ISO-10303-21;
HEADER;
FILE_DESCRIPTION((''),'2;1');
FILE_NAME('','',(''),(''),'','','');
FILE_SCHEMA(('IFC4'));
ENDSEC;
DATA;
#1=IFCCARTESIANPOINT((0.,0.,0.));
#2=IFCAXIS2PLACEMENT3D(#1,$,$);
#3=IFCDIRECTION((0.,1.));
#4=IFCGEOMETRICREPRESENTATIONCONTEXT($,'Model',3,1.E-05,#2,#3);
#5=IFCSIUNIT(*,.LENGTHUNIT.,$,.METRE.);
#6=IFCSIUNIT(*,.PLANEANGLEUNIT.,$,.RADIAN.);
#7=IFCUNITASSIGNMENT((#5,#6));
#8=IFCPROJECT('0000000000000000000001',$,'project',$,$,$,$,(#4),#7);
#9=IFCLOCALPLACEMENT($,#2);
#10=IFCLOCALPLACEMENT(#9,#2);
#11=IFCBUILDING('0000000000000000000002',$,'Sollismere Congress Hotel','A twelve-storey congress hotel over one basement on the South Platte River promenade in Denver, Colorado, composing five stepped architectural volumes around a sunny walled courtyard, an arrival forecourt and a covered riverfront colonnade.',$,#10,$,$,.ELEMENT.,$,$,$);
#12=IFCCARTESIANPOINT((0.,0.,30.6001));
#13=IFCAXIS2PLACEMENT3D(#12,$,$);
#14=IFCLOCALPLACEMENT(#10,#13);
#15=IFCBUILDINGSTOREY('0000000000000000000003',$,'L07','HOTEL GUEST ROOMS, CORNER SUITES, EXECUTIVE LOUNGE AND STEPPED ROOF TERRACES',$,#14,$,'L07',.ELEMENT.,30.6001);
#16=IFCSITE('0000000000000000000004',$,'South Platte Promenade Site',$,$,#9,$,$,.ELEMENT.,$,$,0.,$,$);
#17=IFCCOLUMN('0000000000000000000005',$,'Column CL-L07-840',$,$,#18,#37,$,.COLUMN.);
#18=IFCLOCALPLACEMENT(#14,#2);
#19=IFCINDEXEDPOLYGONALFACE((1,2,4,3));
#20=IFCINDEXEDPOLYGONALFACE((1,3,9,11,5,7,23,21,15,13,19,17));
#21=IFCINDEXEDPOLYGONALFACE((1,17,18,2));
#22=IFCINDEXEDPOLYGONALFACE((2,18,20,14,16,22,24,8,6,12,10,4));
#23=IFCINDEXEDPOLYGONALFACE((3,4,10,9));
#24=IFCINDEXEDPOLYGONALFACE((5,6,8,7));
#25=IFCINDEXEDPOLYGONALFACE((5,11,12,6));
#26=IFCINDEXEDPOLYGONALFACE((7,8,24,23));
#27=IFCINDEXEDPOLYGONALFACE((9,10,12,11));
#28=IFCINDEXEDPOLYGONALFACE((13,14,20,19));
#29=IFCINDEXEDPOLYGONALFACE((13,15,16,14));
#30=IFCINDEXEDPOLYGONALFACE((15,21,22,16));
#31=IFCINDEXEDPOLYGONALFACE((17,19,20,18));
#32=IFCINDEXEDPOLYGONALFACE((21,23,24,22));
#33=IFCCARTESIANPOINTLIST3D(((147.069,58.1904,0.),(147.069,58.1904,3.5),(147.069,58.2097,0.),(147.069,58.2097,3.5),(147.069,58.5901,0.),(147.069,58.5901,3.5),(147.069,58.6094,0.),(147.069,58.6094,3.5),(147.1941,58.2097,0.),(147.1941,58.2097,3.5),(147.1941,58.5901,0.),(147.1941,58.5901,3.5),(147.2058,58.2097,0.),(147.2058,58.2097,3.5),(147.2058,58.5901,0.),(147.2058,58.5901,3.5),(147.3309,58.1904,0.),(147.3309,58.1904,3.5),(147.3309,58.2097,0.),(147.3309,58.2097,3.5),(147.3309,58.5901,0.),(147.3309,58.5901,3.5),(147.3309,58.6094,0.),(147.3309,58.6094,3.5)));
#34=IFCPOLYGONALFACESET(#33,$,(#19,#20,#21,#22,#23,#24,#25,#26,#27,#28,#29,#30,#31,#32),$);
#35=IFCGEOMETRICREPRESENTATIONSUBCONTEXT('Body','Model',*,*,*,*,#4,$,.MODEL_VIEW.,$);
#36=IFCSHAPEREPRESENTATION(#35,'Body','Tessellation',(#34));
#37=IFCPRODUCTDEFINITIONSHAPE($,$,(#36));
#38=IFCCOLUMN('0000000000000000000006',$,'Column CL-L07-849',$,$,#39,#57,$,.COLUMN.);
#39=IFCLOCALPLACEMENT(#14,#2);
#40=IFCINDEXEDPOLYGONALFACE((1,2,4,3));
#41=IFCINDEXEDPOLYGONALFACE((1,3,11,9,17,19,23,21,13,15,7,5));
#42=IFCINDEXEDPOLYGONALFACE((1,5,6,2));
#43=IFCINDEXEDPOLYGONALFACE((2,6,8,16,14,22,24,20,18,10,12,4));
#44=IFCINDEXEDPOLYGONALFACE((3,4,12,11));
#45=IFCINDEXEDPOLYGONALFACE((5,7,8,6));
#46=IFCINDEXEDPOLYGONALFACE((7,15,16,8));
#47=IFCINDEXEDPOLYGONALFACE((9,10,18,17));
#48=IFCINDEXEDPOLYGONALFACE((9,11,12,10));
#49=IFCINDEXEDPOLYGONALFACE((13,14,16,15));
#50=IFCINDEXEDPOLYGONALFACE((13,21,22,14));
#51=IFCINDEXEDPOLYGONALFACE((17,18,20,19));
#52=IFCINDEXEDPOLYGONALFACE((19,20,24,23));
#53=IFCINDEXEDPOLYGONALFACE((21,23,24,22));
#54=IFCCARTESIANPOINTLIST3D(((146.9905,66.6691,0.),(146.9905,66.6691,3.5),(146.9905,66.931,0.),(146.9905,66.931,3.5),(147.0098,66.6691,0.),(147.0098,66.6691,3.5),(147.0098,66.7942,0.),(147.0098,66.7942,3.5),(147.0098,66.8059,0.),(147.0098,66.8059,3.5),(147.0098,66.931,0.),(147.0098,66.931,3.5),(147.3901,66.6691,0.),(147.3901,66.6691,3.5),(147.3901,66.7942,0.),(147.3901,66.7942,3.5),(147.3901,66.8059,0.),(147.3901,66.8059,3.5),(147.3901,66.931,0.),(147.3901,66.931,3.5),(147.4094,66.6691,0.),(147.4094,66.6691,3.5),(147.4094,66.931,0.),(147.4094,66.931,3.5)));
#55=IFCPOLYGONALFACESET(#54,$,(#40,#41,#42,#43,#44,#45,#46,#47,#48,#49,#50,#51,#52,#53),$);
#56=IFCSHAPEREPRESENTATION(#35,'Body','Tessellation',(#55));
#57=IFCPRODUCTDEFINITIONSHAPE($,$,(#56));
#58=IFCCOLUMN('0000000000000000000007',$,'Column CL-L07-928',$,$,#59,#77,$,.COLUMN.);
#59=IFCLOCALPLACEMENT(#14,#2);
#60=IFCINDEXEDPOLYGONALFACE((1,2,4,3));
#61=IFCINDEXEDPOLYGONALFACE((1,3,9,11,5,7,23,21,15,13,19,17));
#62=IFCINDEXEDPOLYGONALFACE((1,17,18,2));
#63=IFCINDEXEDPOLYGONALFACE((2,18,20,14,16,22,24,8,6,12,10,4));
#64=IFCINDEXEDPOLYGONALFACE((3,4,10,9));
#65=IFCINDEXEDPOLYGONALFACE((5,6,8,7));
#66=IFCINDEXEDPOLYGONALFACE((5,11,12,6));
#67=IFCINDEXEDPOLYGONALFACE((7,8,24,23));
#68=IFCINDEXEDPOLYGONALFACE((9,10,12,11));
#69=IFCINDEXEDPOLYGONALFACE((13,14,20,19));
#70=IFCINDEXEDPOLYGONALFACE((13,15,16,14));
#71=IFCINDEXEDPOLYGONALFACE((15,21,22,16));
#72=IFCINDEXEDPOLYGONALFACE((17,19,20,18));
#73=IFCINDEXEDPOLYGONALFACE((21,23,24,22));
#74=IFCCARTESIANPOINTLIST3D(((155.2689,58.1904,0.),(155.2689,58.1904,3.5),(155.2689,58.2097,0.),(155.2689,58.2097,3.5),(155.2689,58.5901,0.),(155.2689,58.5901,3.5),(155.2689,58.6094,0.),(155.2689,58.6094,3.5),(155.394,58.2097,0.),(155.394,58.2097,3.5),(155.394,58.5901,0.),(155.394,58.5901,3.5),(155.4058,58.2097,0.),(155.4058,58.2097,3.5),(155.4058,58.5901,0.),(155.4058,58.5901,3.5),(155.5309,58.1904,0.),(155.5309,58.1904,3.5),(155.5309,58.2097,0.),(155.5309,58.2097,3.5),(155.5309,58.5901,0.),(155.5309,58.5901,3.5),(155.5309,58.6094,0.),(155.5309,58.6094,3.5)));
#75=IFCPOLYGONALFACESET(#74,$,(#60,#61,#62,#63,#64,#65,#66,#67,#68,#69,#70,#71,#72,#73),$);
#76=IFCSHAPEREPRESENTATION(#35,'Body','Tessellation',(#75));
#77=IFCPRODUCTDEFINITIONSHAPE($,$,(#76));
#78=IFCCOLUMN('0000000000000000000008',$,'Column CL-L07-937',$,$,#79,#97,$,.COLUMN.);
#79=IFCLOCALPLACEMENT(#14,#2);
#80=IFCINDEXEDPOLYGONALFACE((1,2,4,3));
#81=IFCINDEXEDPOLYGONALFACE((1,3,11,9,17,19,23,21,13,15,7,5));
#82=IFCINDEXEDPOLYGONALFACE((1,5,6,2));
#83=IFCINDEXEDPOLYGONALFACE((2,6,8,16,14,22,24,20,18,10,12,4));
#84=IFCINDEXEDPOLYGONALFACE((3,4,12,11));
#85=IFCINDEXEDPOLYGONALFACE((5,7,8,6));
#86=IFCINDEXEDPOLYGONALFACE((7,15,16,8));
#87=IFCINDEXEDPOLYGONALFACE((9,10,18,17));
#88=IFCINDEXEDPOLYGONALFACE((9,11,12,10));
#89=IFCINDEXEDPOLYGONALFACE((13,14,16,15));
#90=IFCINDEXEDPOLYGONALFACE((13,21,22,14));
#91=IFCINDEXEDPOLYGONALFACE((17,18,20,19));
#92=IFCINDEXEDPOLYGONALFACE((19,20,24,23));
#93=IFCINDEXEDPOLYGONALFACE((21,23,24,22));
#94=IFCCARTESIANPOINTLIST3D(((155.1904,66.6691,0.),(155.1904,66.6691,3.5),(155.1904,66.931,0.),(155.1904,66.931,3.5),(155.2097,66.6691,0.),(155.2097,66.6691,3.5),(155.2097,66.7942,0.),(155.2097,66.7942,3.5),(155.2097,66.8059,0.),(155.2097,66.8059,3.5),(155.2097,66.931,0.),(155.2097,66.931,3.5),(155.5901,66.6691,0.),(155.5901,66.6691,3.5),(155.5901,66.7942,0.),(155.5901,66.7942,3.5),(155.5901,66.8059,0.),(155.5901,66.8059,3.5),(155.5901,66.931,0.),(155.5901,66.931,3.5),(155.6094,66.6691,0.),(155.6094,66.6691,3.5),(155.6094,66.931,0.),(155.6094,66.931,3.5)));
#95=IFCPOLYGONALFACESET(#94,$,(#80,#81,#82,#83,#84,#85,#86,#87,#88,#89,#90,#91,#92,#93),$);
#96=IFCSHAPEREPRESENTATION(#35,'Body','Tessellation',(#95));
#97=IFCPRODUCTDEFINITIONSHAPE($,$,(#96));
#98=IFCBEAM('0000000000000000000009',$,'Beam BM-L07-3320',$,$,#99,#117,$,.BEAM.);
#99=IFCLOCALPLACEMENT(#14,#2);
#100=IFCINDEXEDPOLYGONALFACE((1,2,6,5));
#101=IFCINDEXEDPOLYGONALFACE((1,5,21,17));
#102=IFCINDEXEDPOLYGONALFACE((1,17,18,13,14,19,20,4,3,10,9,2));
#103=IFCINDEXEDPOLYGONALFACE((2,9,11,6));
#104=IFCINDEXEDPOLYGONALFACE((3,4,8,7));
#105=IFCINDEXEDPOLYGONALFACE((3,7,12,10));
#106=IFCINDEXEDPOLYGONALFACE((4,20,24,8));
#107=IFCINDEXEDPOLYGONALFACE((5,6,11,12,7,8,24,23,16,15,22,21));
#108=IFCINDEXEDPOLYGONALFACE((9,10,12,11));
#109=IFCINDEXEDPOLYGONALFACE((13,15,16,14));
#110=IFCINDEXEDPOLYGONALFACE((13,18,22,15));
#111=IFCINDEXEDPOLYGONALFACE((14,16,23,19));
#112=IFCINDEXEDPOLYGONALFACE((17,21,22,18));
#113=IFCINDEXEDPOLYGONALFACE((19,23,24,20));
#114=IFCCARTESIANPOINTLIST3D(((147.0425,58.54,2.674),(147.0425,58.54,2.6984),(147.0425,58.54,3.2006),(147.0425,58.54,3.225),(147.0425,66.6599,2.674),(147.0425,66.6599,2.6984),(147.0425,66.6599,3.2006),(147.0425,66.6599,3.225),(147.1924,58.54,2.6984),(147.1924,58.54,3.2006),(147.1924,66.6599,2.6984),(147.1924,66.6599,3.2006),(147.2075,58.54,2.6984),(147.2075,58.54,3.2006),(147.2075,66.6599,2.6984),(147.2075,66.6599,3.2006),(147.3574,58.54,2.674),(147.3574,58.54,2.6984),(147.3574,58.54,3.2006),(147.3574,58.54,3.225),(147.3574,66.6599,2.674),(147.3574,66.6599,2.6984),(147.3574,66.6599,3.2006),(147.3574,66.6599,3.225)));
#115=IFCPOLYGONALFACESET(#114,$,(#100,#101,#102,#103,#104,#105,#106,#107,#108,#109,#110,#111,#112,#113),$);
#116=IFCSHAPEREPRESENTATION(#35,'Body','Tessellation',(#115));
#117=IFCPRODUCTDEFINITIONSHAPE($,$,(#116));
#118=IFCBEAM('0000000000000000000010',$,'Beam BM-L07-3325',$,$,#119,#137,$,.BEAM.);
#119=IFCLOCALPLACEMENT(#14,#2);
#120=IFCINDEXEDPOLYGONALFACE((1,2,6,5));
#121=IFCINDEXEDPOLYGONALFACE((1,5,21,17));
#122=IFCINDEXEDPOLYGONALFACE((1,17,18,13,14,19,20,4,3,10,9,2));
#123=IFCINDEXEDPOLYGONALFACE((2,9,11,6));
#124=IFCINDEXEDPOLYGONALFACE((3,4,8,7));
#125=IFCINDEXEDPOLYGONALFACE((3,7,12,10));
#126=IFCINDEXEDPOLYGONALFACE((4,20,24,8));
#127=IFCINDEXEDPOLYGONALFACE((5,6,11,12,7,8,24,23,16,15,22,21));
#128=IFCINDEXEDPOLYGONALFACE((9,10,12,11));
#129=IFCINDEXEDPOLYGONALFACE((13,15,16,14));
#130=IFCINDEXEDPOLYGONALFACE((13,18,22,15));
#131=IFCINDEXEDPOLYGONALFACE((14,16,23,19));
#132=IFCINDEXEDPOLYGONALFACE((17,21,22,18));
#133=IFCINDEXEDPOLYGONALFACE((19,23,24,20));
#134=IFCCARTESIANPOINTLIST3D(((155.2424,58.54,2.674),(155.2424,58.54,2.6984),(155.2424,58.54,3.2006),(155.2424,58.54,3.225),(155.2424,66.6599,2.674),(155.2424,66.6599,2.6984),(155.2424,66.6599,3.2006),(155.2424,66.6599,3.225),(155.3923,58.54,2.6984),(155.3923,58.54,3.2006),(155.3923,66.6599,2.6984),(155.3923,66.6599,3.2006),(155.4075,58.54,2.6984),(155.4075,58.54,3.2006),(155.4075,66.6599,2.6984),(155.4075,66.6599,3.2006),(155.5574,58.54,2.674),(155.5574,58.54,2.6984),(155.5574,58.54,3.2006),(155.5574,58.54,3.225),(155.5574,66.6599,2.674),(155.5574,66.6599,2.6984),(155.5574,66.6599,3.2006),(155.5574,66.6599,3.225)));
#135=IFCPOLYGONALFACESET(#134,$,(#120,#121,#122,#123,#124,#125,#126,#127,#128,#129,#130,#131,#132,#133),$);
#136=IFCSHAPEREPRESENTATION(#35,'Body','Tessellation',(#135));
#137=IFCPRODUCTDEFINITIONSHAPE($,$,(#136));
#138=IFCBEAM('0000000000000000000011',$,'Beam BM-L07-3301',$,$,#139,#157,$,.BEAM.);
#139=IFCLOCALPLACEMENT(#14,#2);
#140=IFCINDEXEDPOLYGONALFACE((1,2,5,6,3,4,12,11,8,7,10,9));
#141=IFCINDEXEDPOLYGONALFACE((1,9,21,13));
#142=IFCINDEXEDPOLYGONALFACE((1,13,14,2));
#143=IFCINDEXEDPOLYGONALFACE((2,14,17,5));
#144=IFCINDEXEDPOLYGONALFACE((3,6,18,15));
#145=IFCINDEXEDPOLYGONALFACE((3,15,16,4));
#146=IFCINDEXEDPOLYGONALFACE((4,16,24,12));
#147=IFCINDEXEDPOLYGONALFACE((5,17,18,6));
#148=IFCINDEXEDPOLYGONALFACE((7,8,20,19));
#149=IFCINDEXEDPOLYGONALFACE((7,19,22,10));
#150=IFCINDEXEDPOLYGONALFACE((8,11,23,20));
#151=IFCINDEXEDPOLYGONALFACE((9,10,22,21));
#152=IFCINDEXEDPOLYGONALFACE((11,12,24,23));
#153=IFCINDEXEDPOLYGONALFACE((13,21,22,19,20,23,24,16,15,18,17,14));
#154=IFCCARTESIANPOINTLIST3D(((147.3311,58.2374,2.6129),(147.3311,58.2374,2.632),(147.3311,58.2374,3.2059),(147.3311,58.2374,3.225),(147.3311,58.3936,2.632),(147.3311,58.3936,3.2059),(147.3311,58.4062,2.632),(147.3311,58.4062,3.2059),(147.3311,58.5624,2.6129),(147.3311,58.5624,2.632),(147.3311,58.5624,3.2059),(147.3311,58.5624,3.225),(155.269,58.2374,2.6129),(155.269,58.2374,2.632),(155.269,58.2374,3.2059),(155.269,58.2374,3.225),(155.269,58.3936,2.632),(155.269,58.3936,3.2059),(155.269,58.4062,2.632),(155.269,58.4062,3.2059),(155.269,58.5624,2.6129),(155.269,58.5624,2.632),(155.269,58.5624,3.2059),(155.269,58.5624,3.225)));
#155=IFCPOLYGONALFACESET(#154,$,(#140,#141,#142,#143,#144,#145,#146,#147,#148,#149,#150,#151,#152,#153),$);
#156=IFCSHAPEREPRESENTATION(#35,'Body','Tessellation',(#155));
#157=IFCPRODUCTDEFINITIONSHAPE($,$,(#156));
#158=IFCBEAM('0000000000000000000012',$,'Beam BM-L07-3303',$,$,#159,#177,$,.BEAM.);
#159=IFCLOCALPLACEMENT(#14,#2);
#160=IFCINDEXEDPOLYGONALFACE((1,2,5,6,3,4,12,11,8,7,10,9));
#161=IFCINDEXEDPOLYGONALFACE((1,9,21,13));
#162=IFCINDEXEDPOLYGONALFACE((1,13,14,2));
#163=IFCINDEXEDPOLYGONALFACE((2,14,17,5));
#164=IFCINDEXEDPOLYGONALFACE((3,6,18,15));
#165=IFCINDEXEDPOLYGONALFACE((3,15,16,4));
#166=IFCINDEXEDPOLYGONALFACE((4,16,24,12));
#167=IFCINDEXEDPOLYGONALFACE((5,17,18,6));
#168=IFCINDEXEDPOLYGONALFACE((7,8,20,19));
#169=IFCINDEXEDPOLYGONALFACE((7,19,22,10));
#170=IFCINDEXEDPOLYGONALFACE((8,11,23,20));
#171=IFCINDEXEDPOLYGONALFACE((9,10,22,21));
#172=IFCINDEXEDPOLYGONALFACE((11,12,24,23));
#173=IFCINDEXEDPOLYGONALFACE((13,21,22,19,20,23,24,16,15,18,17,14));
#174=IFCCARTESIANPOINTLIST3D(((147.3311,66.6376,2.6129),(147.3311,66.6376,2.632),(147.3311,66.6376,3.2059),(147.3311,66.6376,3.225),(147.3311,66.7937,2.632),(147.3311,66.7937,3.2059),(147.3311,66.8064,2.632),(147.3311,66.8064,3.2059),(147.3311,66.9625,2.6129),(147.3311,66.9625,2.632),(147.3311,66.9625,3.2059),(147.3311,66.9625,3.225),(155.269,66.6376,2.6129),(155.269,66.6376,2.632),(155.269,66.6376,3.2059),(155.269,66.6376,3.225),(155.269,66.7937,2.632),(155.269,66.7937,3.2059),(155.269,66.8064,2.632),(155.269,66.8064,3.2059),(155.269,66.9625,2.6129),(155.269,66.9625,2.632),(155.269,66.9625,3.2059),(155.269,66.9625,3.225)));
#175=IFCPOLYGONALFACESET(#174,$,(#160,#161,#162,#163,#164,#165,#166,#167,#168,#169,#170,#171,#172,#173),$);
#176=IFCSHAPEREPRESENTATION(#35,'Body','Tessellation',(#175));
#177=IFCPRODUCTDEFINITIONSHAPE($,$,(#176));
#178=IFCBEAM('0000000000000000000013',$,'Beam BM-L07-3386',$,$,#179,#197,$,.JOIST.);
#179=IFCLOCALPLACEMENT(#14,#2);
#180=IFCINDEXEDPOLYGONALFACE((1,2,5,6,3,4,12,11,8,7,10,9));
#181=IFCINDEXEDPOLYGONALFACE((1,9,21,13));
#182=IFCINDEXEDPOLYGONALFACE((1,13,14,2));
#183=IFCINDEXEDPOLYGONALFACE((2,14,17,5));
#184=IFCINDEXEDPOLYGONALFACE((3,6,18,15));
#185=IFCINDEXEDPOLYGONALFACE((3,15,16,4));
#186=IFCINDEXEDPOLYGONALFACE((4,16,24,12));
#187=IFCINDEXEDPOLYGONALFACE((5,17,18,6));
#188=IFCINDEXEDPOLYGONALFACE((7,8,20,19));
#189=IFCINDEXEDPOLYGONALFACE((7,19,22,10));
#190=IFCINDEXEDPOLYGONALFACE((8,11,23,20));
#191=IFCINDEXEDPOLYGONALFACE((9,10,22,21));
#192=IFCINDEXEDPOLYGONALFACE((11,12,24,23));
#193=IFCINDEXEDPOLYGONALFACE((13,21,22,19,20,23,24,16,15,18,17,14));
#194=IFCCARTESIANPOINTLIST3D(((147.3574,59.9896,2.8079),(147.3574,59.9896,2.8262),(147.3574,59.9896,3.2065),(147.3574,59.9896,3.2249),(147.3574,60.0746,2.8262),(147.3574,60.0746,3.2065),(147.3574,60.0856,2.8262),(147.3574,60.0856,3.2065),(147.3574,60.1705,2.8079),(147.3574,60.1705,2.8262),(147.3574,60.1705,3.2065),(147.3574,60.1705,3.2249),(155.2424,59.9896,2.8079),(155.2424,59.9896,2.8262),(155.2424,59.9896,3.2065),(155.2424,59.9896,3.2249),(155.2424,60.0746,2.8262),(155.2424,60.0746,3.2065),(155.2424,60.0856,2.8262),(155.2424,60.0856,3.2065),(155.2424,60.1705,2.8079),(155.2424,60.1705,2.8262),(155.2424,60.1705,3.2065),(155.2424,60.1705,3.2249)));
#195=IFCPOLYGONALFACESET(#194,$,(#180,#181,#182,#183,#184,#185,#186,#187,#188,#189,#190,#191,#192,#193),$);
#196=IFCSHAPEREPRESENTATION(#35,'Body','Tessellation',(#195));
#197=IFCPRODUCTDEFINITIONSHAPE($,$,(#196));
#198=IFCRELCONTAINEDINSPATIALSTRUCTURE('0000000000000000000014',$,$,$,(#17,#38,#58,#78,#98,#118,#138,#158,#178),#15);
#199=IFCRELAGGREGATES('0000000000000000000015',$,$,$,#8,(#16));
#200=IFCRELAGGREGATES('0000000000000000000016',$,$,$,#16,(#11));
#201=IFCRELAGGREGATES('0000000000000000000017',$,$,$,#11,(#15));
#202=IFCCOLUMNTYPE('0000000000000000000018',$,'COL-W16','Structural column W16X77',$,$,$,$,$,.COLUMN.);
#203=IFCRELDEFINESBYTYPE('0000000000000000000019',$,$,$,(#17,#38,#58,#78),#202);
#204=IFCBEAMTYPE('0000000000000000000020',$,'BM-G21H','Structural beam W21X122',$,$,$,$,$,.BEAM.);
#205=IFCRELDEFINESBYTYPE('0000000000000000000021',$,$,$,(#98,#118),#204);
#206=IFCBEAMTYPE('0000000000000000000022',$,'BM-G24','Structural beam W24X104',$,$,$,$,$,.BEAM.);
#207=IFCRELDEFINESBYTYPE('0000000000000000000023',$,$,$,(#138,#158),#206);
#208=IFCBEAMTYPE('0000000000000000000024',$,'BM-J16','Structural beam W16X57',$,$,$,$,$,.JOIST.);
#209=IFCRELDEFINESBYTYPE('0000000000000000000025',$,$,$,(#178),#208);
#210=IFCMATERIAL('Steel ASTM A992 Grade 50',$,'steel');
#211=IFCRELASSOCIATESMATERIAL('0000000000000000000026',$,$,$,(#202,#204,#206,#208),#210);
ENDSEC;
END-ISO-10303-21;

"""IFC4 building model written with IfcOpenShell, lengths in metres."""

from ifc_helpers import new_model, si_unit, direction, frame, origin, origin_2d, place, context, subcontext, project, spatial, i_section, extrude, material, material_profile, profile_set, type_object, element, save


model = new_model("IFC4")

# Units and contexts
model_context = context("Model", 3, precision=1e-05, world=origin(), true_north=direction((0.0, 1.0)))
body_context = subcontext(model_context, "Body", "Model", "MODEL_VIEW")
ifc_project = project(units=[si_unit("LENGTHUNIT", "METRE"), si_unit("PLANEANGLEUNIT", "RADIAN")], contexts=[model_context])

# Site, building, storey
site_placement = place(None, origin())
site = spatial("IfcSite", under=ifc_project, at=site_placement, Name="South Platte Promenade Site", CompositionType="ELEMENT", RefElevation=0.0)
building_placement = place(site_placement, origin())
building = spatial("IfcBuilding", under=site, at=building_placement, Name="Sollismere Congress Hotel", Description="A twelve-storey congress hotel over one basement on the South Platte River promenade in Denver, Colorado, composing five stepped architectural volumes around a sunny walled courtyard, an arrival forecourt and a covered riverfront colonnade.", CompositionType="ELEMENT")
storey_placement = place(building_placement, frame((0.0, 0.0, 30.6001)))
storey = spatial("IfcBuildingStorey", under=building, at=storey_placement, Name="L07", Description="HOTEL GUEST ROOMS, CORNER SUITES, EXECUTIVE LOUNGE AND STEPPED ROOF TERRACES", LongName="L07", CompositionType="ELEMENT", Elevation=30.6001)

# Columns
ifc_material_1 = material(Name="Steel ASTM A992 Grade 50", Category="steel")
ifc_material_profile_1 = material_profile(ifc_material_1, i_section(OverallWidth=0.262, OverallDepth=0.4189, WebThickness=0.0117, FlangeThickness=0.0193, at=origin_2d()), Name="W16X77")
ifc_profile_set_1 = profile_set([ifc_material_profile_1], Name="Steel ASTM A992 Grade 50")
column_type = type_object("IfcColumnType", Name="COL-W16", Description="Structural column W16X77", PredefinedType="COLUMN", material=ifc_profile_set_1)
for number, where, z_axis, x_axis, name in (
    (1, (147.2, 58.3999, 0.0), (0.0, 0.0, 1.0), (1.0, 0.0, 0.0), "Column CL-L07-840"),
    (2, (147.2, 66.8, 0.0), (0.0, 0.0, 1.0), (0.0, 1.0, 0.0), "Column CL-L07-849"),
    (3, (155.3999, 58.3999, 0.0), (0.0, 0.0, 1.0), (1.0, 0.0, 0.0), "Column CL-L07-928"),
    (4, (155.3999, 66.8, 0.0), (0.0, 0.0, 1.0), (0.0, 1.0, 0.0), "Column CL-L07-937"),
):
    element("IfcColumn", number, at=place(storey_placement, frame(where, z_axis=z_axis, x_axis=x_axis)), inside=storey, type_object=column_type, Name=name, PredefinedType="COLUMN", context=body_context, shape_type="SweptSolid", body=[
        extrude(i_section(OverallWidth=0.262, OverallDepth=0.4189, WebThickness=0.0117, FlangeThickness=0.0193, at=origin_2d()), origin(), (0.0, 0.0, 1.0), 3.5),
    ])

# Beams
ifc_material_profile_2 = material_profile(ifc_material_1, i_section(OverallWidth=0.3149, OverallDepth=0.551, WebThickness=0.0151, FlangeThickness=0.0244, at=origin_2d()), Name="W21X122")
ifc_profile_set_2 = profile_set([ifc_material_profile_2], Name="Steel ASTM A992 Grade 50")
beam_type_1 = type_object("IfcBeamType", Name="BM-G21H", Description="Structural beam W21X122", PredefinedType="BEAM", material=ifc_profile_set_2)
for number, where, z_axis, x_axis, name in (
    (5, (147.2, 58.54, 2.9495), (0.0, 1.0, 0.0), (-1.0, 0.0, 0.0), "Beam BM-L07-3320"),
    (6, (155.3999, 58.54, 2.9495), (0.0, 1.0, 0.0), (-1.0, 0.0, 0.0), "Beam BM-L07-3325"),
):
    element("IfcBeam", number, at=place(storey_placement, frame(where, z_axis=z_axis, x_axis=x_axis)), inside=storey, type_object=beam_type_1, Name=name, PredefinedType="BEAM", context=body_context, shape_type="SweptSolid", body=[
        extrude(i_section(OverallWidth=0.3149, OverallDepth=0.551, WebThickness=0.0151, FlangeThickness=0.0244, at=origin_2d()), origin(), (0.0, 0.0, 1.0), 8.1199),
    ])
ifc_material_profile_3 = material_profile(ifc_material_1, i_section(OverallWidth=0.325, OverallDepth=0.6121, WebThickness=0.0127, FlangeThickness=0.019, at=origin_2d()), Name="W24X104")
ifc_profile_set_3 = profile_set([ifc_material_profile_3], Name="Steel ASTM A992 Grade 50")
beam_type_2 = type_object("IfcBeamType", Name="BM-G24", Description="Structural beam W24X104", PredefinedType="BEAM", material=ifc_profile_set_3)
for number, where, z_axis, x_axis, name in (
    (7, (147.3311, 58.3999, 2.9189), (1.0, 0.0, 0.0), (0.0, 1.0, 0.0), "Beam BM-L07-3301"),
    (8, (147.3311, 66.8, 2.9189), (1.0, 0.0, 0.0), (0.0, 1.0, 0.0), "Beam BM-L07-3303"),
):
    element("IfcBeam", number, at=place(storey_placement, frame(where, z_axis=z_axis, x_axis=x_axis)), inside=storey, type_object=beam_type_2, Name=name, PredefinedType="BEAM", context=body_context, shape_type="SweptSolid", body=[
        extrude(i_section(OverallWidth=0.325, OverallDepth=0.6121, WebThickness=0.0127, FlangeThickness=0.019, at=origin_2d()), origin(), (0.0, 0.0, 1.0), 7.938),
    ])
ifc_material_profile_4 = material_profile(ifc_material_1, i_section(OverallWidth=0.1809, OverallDepth=0.417, WebThickness=0.011, FlangeThickness=0.0183, at=origin_2d()), Name="W16X57")
ifc_profile_set_4 = profile_set([ifc_material_profile_4], Name="Steel ASTM A992 Grade 50")
beam_type_3 = type_object("IfcBeamType", Name="BM-J16", Description="Structural beam W16X57", PredefinedType="JOIST", material=ifc_profile_set_4)
for number, where, z_axis, x_axis, name in (
    (9, (147.3574, 60.0801, 3.0164), (1.0, 0.0, 0.0), (0.0, 1.0, 0.0), "Beam BM-L07-3386"),
):
    element("IfcBeam", number, at=place(storey_placement, frame(where, z_axis=z_axis, x_axis=x_axis)), inside=storey, type_object=beam_type_3, Name=name, PredefinedType="JOIST", context=body_context, shape_type="SweptSolid", body=[
        extrude(i_section(OverallWidth=0.1809, OverallDepth=0.417, WebThickness=0.011, FlangeThickness=0.0183, at=origin_2d()), origin(), (0.0, 0.0, 1.0), 7.885),
    ])

save(model, "model.ifc")
